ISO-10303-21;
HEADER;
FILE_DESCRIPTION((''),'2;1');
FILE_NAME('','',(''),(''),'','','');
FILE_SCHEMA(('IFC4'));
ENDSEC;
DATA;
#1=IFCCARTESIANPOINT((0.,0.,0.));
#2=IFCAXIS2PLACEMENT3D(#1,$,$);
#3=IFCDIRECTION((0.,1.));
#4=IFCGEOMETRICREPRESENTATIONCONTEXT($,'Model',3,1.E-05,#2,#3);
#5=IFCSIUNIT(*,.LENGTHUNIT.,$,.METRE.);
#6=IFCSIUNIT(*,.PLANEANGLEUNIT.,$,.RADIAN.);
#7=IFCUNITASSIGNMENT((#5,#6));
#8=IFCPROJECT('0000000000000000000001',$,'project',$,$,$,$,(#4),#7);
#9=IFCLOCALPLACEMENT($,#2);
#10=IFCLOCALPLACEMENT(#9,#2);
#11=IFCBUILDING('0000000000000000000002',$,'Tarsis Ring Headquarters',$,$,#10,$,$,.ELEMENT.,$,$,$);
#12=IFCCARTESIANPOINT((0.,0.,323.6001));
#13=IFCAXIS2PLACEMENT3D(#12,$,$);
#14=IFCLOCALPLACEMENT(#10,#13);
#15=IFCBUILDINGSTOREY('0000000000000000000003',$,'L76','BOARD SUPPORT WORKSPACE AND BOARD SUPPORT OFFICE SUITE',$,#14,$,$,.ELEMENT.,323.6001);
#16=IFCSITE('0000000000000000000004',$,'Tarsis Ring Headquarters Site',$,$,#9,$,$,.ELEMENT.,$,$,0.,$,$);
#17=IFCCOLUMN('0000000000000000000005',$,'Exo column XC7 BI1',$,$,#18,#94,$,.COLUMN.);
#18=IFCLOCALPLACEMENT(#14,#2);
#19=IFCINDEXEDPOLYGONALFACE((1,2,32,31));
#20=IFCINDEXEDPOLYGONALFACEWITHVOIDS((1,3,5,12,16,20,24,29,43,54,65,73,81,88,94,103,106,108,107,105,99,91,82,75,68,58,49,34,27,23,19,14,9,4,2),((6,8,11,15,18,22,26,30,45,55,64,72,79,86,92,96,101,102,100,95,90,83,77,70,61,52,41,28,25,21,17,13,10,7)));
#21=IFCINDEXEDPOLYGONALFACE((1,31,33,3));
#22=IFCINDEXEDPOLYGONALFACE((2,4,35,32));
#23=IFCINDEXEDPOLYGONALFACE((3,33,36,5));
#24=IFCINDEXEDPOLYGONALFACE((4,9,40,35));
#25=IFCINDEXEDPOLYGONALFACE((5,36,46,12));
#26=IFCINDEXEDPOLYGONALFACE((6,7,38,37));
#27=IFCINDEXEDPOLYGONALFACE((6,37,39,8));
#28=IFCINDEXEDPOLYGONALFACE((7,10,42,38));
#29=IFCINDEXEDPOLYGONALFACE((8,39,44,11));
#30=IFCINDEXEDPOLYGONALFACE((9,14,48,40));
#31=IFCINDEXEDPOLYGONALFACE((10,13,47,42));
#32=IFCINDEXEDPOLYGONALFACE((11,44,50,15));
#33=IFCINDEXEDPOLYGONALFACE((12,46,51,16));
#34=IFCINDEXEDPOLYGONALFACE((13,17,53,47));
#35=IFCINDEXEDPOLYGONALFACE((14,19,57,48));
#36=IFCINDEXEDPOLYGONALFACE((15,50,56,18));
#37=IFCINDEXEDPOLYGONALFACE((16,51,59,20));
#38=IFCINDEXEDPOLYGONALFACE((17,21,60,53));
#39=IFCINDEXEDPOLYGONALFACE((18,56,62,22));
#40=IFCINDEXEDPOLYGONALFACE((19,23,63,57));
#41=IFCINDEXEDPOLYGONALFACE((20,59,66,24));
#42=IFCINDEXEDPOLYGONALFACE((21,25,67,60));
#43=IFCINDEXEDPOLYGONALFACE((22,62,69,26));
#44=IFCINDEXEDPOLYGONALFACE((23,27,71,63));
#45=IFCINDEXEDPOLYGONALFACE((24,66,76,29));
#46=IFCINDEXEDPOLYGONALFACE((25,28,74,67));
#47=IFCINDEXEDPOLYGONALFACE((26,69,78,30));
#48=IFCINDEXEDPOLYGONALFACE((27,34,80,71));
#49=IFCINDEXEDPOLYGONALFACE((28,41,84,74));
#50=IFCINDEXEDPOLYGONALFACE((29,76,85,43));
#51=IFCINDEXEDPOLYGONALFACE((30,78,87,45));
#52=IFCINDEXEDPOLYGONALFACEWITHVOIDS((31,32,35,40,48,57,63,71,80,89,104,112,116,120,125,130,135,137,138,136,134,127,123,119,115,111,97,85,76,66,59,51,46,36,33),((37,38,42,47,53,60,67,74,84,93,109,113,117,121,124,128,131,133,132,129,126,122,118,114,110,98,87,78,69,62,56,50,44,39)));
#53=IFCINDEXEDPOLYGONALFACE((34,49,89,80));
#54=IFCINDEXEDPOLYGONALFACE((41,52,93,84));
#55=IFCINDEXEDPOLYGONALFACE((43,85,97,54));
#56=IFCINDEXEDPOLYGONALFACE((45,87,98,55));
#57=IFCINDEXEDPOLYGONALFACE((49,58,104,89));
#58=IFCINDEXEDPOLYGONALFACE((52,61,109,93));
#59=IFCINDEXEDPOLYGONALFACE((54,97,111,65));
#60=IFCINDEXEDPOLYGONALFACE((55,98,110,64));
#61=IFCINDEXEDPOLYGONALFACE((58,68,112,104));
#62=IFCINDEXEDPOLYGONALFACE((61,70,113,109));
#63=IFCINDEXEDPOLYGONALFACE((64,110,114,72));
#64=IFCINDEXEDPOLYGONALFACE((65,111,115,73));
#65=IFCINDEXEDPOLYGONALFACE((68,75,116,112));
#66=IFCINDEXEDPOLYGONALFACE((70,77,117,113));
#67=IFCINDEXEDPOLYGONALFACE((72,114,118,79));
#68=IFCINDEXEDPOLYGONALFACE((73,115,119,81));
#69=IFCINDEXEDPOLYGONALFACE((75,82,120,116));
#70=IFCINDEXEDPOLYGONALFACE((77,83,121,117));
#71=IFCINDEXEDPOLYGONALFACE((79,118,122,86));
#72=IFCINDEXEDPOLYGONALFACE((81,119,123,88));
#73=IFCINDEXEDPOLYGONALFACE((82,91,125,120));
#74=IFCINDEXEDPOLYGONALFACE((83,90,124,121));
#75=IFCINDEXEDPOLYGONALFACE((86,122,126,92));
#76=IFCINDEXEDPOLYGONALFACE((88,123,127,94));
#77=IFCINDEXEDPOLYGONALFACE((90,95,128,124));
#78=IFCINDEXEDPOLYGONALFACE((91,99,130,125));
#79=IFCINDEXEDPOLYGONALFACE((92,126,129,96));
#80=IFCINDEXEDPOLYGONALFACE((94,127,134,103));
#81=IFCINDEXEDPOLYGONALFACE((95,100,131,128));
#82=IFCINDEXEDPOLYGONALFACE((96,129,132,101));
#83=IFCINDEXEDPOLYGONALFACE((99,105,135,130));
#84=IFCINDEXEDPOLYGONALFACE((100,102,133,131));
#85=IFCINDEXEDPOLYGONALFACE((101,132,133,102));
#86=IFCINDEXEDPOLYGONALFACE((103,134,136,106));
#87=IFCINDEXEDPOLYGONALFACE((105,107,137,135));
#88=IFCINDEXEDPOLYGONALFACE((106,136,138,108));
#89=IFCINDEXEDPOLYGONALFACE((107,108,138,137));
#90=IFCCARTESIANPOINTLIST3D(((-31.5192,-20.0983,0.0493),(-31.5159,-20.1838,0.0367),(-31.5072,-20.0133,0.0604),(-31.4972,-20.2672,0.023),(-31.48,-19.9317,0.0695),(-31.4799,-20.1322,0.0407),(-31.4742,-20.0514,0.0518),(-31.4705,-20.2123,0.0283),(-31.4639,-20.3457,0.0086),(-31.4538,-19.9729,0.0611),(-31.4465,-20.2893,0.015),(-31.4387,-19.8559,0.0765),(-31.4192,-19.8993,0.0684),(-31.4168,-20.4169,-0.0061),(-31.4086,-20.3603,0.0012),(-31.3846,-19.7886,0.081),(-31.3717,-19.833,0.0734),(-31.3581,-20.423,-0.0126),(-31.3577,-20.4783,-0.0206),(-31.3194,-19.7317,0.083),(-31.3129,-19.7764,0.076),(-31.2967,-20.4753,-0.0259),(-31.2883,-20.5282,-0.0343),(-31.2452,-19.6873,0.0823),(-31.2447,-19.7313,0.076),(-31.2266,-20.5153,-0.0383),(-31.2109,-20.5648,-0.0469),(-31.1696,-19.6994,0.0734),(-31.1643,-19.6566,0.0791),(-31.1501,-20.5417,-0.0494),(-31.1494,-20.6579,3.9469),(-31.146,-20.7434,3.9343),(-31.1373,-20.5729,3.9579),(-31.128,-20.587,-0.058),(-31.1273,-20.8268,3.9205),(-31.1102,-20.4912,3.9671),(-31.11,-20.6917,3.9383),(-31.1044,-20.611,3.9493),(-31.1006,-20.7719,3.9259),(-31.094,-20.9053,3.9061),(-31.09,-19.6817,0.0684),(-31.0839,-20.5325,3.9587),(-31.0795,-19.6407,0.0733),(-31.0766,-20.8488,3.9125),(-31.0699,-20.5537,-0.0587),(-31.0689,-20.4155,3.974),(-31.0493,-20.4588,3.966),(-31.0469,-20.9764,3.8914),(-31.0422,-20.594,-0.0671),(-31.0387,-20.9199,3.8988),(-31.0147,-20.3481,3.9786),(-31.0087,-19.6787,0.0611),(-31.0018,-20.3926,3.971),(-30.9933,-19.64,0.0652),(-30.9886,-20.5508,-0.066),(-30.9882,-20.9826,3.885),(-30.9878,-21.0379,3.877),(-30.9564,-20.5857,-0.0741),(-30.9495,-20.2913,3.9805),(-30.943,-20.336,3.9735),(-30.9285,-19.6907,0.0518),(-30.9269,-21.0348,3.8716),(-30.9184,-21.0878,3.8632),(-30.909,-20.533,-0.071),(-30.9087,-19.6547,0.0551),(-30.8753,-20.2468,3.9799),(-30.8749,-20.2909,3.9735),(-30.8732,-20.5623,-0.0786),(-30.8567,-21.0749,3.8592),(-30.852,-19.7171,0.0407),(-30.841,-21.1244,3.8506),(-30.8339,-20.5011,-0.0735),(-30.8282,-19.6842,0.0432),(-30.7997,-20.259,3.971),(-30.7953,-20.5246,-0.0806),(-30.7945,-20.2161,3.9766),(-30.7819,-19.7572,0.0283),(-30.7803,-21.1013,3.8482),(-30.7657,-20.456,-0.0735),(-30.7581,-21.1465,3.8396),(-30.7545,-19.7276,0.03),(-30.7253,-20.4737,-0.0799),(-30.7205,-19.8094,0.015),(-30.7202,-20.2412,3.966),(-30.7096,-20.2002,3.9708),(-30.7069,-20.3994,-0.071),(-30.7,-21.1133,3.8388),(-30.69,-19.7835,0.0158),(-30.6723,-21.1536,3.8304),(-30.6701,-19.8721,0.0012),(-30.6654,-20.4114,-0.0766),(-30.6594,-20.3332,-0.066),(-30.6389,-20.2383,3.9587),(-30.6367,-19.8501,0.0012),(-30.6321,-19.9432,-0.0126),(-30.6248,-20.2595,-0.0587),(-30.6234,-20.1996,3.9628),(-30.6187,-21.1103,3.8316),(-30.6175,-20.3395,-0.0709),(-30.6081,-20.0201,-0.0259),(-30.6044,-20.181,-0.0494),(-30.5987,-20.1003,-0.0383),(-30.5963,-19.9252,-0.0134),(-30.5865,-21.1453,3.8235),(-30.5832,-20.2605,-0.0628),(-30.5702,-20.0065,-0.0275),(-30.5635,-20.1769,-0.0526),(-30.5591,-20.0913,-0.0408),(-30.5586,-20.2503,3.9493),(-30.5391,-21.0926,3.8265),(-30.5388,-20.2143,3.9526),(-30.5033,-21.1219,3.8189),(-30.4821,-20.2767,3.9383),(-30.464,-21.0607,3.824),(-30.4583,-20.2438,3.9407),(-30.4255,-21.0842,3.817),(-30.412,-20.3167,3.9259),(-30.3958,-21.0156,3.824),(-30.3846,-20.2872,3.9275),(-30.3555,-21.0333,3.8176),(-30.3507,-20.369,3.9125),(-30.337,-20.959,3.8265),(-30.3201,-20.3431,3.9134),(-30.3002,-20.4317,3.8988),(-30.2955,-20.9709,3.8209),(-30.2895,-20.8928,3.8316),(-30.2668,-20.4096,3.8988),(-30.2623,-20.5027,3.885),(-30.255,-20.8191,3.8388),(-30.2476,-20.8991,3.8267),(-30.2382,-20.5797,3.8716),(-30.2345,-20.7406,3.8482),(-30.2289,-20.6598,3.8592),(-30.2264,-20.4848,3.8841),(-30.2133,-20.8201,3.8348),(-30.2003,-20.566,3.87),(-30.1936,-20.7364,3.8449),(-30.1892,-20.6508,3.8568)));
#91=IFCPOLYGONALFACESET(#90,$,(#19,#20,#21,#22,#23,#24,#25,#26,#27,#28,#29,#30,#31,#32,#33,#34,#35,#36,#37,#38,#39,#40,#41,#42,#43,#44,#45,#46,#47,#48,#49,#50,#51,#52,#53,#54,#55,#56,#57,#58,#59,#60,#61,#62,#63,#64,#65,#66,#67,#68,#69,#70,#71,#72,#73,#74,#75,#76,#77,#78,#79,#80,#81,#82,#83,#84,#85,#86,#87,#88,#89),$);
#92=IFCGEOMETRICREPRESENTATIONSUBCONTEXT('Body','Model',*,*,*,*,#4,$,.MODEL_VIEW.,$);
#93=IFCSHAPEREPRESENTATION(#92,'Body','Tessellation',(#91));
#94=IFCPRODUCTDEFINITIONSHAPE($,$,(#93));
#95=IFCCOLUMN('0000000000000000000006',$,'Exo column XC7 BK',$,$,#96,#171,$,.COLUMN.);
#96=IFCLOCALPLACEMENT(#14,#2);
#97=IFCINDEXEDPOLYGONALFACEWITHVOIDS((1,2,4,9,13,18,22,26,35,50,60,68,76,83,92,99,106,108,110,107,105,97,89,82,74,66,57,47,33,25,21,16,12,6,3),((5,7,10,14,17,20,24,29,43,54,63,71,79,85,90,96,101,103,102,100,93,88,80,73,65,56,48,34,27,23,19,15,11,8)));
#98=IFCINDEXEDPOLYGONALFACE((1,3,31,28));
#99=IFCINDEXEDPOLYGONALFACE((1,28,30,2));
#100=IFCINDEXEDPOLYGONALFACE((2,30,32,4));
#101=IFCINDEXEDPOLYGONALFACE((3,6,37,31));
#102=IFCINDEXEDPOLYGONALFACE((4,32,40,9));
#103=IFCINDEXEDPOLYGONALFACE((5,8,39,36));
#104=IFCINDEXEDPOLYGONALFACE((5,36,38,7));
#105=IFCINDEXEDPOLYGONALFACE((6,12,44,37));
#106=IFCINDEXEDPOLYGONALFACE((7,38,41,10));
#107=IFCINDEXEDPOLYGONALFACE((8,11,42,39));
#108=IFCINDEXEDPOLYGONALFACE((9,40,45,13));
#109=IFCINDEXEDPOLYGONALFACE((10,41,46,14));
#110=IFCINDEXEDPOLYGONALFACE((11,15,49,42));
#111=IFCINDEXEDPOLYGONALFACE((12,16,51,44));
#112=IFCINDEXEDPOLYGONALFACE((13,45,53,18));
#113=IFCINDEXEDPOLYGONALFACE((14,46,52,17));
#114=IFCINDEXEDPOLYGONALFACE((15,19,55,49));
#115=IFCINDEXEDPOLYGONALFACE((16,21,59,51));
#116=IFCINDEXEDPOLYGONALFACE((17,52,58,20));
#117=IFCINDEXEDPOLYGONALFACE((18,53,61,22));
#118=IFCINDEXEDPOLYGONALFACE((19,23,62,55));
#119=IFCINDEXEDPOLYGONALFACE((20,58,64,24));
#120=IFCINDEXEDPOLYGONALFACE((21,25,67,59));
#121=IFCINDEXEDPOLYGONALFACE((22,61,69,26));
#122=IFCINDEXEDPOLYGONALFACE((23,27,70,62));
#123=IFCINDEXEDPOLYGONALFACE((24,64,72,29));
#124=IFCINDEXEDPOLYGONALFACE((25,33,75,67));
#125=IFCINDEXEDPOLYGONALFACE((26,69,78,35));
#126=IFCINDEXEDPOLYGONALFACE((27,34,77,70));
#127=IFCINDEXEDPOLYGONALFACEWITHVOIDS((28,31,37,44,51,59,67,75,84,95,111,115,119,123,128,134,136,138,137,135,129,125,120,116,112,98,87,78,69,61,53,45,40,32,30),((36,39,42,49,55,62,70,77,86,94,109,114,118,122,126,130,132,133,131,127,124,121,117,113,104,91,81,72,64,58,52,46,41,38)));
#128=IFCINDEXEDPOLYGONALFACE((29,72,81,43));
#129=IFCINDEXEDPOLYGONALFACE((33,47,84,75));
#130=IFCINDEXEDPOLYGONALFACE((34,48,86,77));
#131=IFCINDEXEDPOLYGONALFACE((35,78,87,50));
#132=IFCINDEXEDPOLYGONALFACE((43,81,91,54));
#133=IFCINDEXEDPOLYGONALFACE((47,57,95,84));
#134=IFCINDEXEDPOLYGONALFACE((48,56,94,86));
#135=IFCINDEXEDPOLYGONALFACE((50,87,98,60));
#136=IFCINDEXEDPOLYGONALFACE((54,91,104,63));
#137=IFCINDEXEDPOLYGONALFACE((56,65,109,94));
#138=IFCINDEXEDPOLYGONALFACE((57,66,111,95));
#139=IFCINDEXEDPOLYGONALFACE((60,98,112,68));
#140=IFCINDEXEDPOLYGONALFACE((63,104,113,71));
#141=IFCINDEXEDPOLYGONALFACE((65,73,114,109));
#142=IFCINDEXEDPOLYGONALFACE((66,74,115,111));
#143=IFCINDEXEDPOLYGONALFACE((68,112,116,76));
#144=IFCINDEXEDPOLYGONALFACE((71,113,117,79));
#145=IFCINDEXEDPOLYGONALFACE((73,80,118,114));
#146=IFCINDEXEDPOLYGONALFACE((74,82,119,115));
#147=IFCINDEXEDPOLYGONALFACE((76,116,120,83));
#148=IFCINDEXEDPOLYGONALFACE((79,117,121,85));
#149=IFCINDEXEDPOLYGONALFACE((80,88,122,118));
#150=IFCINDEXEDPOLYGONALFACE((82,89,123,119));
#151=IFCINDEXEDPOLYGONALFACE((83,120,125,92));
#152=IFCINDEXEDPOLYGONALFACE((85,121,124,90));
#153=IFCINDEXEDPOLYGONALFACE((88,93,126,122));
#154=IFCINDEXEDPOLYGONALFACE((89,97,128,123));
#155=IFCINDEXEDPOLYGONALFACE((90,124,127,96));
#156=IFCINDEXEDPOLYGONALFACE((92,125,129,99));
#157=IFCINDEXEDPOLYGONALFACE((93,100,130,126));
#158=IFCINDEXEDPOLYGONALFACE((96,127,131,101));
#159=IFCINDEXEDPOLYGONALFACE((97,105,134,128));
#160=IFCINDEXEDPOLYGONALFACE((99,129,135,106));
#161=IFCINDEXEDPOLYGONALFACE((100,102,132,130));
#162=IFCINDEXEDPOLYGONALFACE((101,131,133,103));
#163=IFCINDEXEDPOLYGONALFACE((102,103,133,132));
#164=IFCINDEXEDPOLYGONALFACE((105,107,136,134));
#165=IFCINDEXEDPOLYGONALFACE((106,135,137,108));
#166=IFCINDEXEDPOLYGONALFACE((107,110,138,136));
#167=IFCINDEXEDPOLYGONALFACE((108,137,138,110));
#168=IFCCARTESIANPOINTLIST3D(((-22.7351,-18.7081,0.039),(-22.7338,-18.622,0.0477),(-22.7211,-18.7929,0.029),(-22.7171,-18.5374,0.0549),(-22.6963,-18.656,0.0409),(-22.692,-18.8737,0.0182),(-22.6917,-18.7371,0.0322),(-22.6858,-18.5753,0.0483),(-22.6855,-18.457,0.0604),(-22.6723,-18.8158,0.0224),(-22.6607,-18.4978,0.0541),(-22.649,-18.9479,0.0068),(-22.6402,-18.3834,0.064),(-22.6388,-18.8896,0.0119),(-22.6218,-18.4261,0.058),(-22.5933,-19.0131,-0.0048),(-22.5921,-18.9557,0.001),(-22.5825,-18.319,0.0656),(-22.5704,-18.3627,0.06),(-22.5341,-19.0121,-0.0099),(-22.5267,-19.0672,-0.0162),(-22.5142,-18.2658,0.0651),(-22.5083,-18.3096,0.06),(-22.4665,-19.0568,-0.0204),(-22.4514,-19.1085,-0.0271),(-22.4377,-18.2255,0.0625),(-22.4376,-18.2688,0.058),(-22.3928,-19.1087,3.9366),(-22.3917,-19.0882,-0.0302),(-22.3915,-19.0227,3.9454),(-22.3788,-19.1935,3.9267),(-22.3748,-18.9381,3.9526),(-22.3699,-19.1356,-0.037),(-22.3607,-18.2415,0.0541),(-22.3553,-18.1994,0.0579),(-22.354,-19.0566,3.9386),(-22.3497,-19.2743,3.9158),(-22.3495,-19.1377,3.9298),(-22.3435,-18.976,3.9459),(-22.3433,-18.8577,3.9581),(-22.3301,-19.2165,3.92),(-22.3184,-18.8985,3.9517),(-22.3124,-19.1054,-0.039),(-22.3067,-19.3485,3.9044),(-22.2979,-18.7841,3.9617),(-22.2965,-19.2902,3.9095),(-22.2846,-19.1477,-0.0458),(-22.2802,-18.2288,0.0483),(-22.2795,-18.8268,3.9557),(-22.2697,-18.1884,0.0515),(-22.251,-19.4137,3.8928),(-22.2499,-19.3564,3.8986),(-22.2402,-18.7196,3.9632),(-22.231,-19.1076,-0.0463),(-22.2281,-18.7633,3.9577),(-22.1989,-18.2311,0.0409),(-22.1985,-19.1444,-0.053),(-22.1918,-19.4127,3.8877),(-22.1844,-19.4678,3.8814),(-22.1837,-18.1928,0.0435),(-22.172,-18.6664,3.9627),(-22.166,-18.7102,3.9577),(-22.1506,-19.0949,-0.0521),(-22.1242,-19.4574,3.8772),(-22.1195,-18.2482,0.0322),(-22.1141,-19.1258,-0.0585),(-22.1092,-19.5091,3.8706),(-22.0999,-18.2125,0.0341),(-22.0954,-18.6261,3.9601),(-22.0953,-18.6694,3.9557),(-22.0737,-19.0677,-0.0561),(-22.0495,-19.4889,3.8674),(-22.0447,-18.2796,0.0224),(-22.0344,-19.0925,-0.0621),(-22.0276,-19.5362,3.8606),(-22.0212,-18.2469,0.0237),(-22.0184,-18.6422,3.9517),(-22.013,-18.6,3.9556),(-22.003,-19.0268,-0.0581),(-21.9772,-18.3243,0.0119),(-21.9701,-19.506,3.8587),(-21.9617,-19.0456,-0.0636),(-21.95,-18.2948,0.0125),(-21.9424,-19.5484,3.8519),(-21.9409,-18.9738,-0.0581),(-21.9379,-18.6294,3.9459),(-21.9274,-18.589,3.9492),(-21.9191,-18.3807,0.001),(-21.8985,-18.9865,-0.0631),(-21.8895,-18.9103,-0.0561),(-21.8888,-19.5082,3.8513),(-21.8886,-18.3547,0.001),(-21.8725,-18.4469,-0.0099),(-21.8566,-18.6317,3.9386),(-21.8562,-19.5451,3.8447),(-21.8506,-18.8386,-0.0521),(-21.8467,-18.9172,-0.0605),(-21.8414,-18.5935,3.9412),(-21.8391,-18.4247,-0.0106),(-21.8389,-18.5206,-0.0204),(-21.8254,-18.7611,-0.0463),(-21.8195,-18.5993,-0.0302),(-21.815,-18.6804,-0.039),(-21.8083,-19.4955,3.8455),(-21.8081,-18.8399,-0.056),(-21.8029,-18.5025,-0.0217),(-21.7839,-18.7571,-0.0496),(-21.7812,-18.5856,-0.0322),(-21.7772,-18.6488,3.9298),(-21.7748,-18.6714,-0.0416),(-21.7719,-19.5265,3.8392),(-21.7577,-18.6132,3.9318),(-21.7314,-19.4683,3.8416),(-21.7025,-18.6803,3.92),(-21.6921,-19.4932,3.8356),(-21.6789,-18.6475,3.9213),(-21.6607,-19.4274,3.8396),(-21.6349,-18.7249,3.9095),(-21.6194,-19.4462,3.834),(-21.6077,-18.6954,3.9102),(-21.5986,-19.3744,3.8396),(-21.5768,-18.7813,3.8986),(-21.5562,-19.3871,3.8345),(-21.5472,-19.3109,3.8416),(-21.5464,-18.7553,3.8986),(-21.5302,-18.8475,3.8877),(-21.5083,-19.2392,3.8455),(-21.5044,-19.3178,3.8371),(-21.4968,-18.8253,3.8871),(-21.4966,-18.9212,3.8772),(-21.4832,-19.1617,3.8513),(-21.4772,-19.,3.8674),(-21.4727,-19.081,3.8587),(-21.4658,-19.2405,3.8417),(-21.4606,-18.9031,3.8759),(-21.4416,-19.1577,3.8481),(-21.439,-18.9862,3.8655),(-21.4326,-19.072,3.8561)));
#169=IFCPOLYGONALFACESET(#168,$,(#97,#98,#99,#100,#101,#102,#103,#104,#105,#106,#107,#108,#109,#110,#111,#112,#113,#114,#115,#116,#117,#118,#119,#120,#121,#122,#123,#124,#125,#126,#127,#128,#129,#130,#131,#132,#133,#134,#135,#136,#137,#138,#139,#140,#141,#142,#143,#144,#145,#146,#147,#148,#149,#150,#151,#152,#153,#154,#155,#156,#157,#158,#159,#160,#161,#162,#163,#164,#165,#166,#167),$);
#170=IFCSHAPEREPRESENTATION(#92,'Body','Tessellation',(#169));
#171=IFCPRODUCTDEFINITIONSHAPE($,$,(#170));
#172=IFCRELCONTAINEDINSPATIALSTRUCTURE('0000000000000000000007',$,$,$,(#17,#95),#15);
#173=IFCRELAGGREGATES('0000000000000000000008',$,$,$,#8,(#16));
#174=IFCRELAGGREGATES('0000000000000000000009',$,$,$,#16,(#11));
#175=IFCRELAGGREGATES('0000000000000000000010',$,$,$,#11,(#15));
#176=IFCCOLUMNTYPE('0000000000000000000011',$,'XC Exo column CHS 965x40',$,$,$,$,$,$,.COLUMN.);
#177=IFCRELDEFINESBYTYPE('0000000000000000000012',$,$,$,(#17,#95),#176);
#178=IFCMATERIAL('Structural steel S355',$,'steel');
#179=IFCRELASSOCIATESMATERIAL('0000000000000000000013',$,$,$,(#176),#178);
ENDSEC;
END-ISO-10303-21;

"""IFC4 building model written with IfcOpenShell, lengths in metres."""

from ifc_helpers import new_model, si_unit, direction, frame, origin, origin_2d, place, context, subcontext, project, spatial, hollow_circle, extrude, material, material_profile, profile_set, type_object, element, save


model = new_model("IFC4")

# Units and contexts
model_context = context("Model", 3, precision=1e-05, world=origin(), true_north=direction((0.0, 1.0)))
body_context = subcontext(model_context, "Body", "Model", "MODEL_VIEW")
ifc_project = project(units=[si_unit("LENGTHUNIT", "METRE"), si_unit("PLANEANGLEUNIT", "RADIAN")], contexts=[model_context])

# Site, building, storey
site_placement = place(None, origin())
site = spatial("IfcSite", under=ifc_project, at=site_placement, Name="Tarsis Ring Headquarters Site", CompositionType="ELEMENT", RefElevation=0.0)
building_placement = place(site_placement, origin())
building = spatial("IfcBuilding", under=site, at=building_placement, Name="Tarsis Ring Headquarters", CompositionType="ELEMENT")
storey_placement = place(building_placement, frame((0.0, 0.0, 323.6001)))
storey = spatial("IfcBuildingStorey", under=building, at=storey_placement, Name="L76", Description="BOARD SUPPORT WORKSPACE AND BOARD SUPPORT OFFICE SUITE", CompositionType="ELEMENT", Elevation=323.6001)

# Columns
ifc_material_1 = material(Name="Structural steel S355", Category="steel")
ifc_material_profile_1 = material_profile(ifc_material_1, hollow_circle(Radius=0.4827, WallThickness=0.04, at=origin_2d()), Name="CHS 965x40")
ifc_profile_set_1 = profile_set([ifc_material_profile_1], Name="Structural steel S355")
column_type = type_object("IfcColumnType", Name="XC Exo column CHS 965x40", PredefinedType="COLUMN", material=ifc_profile_set_1)
column_1_placement = place(storey_placement, frame((-31.0393, -20.1162, 0.0012), z_axis=(0.093526, -0.141493, 0.985511), x_axis=(0.834228, 0.55142, 0.0)))
element("IfcColumn", 1, at=column_1_placement, inside=storey, type_object=column_type, Name="Exo column XC7 BI1", PredefinedType="COLUMN", context=body_context, shape_type="SweptSolid", body=[
    extrude(hollow_circle(Radius=0.4827, WallThickness=0.04, at=origin_2d()), origin(), (0.0, 0.0, 1.0), 3.9548),
])
column_2_placement = place(storey_placement, frame((-22.2556, -18.6682, 0.001), z_axis=(0.087025, -0.101861, 0.990985), x_axis=(0.760302, 0.64957, 0.0)))
element("IfcColumn", 2, at=column_2_placement, inside=storey, type_object=column_type, Name="Exo column XC7 BK", PredefinedType="COLUMN", context=body_context, shape_type="SweptSolid", body=[
    extrude(hollow_circle(Radius=0.4827, WallThickness=0.04, at=origin_2d()), origin(), (0.0, 0.0, 1.0), 3.9331),
])

save(model, "model.ifc")
